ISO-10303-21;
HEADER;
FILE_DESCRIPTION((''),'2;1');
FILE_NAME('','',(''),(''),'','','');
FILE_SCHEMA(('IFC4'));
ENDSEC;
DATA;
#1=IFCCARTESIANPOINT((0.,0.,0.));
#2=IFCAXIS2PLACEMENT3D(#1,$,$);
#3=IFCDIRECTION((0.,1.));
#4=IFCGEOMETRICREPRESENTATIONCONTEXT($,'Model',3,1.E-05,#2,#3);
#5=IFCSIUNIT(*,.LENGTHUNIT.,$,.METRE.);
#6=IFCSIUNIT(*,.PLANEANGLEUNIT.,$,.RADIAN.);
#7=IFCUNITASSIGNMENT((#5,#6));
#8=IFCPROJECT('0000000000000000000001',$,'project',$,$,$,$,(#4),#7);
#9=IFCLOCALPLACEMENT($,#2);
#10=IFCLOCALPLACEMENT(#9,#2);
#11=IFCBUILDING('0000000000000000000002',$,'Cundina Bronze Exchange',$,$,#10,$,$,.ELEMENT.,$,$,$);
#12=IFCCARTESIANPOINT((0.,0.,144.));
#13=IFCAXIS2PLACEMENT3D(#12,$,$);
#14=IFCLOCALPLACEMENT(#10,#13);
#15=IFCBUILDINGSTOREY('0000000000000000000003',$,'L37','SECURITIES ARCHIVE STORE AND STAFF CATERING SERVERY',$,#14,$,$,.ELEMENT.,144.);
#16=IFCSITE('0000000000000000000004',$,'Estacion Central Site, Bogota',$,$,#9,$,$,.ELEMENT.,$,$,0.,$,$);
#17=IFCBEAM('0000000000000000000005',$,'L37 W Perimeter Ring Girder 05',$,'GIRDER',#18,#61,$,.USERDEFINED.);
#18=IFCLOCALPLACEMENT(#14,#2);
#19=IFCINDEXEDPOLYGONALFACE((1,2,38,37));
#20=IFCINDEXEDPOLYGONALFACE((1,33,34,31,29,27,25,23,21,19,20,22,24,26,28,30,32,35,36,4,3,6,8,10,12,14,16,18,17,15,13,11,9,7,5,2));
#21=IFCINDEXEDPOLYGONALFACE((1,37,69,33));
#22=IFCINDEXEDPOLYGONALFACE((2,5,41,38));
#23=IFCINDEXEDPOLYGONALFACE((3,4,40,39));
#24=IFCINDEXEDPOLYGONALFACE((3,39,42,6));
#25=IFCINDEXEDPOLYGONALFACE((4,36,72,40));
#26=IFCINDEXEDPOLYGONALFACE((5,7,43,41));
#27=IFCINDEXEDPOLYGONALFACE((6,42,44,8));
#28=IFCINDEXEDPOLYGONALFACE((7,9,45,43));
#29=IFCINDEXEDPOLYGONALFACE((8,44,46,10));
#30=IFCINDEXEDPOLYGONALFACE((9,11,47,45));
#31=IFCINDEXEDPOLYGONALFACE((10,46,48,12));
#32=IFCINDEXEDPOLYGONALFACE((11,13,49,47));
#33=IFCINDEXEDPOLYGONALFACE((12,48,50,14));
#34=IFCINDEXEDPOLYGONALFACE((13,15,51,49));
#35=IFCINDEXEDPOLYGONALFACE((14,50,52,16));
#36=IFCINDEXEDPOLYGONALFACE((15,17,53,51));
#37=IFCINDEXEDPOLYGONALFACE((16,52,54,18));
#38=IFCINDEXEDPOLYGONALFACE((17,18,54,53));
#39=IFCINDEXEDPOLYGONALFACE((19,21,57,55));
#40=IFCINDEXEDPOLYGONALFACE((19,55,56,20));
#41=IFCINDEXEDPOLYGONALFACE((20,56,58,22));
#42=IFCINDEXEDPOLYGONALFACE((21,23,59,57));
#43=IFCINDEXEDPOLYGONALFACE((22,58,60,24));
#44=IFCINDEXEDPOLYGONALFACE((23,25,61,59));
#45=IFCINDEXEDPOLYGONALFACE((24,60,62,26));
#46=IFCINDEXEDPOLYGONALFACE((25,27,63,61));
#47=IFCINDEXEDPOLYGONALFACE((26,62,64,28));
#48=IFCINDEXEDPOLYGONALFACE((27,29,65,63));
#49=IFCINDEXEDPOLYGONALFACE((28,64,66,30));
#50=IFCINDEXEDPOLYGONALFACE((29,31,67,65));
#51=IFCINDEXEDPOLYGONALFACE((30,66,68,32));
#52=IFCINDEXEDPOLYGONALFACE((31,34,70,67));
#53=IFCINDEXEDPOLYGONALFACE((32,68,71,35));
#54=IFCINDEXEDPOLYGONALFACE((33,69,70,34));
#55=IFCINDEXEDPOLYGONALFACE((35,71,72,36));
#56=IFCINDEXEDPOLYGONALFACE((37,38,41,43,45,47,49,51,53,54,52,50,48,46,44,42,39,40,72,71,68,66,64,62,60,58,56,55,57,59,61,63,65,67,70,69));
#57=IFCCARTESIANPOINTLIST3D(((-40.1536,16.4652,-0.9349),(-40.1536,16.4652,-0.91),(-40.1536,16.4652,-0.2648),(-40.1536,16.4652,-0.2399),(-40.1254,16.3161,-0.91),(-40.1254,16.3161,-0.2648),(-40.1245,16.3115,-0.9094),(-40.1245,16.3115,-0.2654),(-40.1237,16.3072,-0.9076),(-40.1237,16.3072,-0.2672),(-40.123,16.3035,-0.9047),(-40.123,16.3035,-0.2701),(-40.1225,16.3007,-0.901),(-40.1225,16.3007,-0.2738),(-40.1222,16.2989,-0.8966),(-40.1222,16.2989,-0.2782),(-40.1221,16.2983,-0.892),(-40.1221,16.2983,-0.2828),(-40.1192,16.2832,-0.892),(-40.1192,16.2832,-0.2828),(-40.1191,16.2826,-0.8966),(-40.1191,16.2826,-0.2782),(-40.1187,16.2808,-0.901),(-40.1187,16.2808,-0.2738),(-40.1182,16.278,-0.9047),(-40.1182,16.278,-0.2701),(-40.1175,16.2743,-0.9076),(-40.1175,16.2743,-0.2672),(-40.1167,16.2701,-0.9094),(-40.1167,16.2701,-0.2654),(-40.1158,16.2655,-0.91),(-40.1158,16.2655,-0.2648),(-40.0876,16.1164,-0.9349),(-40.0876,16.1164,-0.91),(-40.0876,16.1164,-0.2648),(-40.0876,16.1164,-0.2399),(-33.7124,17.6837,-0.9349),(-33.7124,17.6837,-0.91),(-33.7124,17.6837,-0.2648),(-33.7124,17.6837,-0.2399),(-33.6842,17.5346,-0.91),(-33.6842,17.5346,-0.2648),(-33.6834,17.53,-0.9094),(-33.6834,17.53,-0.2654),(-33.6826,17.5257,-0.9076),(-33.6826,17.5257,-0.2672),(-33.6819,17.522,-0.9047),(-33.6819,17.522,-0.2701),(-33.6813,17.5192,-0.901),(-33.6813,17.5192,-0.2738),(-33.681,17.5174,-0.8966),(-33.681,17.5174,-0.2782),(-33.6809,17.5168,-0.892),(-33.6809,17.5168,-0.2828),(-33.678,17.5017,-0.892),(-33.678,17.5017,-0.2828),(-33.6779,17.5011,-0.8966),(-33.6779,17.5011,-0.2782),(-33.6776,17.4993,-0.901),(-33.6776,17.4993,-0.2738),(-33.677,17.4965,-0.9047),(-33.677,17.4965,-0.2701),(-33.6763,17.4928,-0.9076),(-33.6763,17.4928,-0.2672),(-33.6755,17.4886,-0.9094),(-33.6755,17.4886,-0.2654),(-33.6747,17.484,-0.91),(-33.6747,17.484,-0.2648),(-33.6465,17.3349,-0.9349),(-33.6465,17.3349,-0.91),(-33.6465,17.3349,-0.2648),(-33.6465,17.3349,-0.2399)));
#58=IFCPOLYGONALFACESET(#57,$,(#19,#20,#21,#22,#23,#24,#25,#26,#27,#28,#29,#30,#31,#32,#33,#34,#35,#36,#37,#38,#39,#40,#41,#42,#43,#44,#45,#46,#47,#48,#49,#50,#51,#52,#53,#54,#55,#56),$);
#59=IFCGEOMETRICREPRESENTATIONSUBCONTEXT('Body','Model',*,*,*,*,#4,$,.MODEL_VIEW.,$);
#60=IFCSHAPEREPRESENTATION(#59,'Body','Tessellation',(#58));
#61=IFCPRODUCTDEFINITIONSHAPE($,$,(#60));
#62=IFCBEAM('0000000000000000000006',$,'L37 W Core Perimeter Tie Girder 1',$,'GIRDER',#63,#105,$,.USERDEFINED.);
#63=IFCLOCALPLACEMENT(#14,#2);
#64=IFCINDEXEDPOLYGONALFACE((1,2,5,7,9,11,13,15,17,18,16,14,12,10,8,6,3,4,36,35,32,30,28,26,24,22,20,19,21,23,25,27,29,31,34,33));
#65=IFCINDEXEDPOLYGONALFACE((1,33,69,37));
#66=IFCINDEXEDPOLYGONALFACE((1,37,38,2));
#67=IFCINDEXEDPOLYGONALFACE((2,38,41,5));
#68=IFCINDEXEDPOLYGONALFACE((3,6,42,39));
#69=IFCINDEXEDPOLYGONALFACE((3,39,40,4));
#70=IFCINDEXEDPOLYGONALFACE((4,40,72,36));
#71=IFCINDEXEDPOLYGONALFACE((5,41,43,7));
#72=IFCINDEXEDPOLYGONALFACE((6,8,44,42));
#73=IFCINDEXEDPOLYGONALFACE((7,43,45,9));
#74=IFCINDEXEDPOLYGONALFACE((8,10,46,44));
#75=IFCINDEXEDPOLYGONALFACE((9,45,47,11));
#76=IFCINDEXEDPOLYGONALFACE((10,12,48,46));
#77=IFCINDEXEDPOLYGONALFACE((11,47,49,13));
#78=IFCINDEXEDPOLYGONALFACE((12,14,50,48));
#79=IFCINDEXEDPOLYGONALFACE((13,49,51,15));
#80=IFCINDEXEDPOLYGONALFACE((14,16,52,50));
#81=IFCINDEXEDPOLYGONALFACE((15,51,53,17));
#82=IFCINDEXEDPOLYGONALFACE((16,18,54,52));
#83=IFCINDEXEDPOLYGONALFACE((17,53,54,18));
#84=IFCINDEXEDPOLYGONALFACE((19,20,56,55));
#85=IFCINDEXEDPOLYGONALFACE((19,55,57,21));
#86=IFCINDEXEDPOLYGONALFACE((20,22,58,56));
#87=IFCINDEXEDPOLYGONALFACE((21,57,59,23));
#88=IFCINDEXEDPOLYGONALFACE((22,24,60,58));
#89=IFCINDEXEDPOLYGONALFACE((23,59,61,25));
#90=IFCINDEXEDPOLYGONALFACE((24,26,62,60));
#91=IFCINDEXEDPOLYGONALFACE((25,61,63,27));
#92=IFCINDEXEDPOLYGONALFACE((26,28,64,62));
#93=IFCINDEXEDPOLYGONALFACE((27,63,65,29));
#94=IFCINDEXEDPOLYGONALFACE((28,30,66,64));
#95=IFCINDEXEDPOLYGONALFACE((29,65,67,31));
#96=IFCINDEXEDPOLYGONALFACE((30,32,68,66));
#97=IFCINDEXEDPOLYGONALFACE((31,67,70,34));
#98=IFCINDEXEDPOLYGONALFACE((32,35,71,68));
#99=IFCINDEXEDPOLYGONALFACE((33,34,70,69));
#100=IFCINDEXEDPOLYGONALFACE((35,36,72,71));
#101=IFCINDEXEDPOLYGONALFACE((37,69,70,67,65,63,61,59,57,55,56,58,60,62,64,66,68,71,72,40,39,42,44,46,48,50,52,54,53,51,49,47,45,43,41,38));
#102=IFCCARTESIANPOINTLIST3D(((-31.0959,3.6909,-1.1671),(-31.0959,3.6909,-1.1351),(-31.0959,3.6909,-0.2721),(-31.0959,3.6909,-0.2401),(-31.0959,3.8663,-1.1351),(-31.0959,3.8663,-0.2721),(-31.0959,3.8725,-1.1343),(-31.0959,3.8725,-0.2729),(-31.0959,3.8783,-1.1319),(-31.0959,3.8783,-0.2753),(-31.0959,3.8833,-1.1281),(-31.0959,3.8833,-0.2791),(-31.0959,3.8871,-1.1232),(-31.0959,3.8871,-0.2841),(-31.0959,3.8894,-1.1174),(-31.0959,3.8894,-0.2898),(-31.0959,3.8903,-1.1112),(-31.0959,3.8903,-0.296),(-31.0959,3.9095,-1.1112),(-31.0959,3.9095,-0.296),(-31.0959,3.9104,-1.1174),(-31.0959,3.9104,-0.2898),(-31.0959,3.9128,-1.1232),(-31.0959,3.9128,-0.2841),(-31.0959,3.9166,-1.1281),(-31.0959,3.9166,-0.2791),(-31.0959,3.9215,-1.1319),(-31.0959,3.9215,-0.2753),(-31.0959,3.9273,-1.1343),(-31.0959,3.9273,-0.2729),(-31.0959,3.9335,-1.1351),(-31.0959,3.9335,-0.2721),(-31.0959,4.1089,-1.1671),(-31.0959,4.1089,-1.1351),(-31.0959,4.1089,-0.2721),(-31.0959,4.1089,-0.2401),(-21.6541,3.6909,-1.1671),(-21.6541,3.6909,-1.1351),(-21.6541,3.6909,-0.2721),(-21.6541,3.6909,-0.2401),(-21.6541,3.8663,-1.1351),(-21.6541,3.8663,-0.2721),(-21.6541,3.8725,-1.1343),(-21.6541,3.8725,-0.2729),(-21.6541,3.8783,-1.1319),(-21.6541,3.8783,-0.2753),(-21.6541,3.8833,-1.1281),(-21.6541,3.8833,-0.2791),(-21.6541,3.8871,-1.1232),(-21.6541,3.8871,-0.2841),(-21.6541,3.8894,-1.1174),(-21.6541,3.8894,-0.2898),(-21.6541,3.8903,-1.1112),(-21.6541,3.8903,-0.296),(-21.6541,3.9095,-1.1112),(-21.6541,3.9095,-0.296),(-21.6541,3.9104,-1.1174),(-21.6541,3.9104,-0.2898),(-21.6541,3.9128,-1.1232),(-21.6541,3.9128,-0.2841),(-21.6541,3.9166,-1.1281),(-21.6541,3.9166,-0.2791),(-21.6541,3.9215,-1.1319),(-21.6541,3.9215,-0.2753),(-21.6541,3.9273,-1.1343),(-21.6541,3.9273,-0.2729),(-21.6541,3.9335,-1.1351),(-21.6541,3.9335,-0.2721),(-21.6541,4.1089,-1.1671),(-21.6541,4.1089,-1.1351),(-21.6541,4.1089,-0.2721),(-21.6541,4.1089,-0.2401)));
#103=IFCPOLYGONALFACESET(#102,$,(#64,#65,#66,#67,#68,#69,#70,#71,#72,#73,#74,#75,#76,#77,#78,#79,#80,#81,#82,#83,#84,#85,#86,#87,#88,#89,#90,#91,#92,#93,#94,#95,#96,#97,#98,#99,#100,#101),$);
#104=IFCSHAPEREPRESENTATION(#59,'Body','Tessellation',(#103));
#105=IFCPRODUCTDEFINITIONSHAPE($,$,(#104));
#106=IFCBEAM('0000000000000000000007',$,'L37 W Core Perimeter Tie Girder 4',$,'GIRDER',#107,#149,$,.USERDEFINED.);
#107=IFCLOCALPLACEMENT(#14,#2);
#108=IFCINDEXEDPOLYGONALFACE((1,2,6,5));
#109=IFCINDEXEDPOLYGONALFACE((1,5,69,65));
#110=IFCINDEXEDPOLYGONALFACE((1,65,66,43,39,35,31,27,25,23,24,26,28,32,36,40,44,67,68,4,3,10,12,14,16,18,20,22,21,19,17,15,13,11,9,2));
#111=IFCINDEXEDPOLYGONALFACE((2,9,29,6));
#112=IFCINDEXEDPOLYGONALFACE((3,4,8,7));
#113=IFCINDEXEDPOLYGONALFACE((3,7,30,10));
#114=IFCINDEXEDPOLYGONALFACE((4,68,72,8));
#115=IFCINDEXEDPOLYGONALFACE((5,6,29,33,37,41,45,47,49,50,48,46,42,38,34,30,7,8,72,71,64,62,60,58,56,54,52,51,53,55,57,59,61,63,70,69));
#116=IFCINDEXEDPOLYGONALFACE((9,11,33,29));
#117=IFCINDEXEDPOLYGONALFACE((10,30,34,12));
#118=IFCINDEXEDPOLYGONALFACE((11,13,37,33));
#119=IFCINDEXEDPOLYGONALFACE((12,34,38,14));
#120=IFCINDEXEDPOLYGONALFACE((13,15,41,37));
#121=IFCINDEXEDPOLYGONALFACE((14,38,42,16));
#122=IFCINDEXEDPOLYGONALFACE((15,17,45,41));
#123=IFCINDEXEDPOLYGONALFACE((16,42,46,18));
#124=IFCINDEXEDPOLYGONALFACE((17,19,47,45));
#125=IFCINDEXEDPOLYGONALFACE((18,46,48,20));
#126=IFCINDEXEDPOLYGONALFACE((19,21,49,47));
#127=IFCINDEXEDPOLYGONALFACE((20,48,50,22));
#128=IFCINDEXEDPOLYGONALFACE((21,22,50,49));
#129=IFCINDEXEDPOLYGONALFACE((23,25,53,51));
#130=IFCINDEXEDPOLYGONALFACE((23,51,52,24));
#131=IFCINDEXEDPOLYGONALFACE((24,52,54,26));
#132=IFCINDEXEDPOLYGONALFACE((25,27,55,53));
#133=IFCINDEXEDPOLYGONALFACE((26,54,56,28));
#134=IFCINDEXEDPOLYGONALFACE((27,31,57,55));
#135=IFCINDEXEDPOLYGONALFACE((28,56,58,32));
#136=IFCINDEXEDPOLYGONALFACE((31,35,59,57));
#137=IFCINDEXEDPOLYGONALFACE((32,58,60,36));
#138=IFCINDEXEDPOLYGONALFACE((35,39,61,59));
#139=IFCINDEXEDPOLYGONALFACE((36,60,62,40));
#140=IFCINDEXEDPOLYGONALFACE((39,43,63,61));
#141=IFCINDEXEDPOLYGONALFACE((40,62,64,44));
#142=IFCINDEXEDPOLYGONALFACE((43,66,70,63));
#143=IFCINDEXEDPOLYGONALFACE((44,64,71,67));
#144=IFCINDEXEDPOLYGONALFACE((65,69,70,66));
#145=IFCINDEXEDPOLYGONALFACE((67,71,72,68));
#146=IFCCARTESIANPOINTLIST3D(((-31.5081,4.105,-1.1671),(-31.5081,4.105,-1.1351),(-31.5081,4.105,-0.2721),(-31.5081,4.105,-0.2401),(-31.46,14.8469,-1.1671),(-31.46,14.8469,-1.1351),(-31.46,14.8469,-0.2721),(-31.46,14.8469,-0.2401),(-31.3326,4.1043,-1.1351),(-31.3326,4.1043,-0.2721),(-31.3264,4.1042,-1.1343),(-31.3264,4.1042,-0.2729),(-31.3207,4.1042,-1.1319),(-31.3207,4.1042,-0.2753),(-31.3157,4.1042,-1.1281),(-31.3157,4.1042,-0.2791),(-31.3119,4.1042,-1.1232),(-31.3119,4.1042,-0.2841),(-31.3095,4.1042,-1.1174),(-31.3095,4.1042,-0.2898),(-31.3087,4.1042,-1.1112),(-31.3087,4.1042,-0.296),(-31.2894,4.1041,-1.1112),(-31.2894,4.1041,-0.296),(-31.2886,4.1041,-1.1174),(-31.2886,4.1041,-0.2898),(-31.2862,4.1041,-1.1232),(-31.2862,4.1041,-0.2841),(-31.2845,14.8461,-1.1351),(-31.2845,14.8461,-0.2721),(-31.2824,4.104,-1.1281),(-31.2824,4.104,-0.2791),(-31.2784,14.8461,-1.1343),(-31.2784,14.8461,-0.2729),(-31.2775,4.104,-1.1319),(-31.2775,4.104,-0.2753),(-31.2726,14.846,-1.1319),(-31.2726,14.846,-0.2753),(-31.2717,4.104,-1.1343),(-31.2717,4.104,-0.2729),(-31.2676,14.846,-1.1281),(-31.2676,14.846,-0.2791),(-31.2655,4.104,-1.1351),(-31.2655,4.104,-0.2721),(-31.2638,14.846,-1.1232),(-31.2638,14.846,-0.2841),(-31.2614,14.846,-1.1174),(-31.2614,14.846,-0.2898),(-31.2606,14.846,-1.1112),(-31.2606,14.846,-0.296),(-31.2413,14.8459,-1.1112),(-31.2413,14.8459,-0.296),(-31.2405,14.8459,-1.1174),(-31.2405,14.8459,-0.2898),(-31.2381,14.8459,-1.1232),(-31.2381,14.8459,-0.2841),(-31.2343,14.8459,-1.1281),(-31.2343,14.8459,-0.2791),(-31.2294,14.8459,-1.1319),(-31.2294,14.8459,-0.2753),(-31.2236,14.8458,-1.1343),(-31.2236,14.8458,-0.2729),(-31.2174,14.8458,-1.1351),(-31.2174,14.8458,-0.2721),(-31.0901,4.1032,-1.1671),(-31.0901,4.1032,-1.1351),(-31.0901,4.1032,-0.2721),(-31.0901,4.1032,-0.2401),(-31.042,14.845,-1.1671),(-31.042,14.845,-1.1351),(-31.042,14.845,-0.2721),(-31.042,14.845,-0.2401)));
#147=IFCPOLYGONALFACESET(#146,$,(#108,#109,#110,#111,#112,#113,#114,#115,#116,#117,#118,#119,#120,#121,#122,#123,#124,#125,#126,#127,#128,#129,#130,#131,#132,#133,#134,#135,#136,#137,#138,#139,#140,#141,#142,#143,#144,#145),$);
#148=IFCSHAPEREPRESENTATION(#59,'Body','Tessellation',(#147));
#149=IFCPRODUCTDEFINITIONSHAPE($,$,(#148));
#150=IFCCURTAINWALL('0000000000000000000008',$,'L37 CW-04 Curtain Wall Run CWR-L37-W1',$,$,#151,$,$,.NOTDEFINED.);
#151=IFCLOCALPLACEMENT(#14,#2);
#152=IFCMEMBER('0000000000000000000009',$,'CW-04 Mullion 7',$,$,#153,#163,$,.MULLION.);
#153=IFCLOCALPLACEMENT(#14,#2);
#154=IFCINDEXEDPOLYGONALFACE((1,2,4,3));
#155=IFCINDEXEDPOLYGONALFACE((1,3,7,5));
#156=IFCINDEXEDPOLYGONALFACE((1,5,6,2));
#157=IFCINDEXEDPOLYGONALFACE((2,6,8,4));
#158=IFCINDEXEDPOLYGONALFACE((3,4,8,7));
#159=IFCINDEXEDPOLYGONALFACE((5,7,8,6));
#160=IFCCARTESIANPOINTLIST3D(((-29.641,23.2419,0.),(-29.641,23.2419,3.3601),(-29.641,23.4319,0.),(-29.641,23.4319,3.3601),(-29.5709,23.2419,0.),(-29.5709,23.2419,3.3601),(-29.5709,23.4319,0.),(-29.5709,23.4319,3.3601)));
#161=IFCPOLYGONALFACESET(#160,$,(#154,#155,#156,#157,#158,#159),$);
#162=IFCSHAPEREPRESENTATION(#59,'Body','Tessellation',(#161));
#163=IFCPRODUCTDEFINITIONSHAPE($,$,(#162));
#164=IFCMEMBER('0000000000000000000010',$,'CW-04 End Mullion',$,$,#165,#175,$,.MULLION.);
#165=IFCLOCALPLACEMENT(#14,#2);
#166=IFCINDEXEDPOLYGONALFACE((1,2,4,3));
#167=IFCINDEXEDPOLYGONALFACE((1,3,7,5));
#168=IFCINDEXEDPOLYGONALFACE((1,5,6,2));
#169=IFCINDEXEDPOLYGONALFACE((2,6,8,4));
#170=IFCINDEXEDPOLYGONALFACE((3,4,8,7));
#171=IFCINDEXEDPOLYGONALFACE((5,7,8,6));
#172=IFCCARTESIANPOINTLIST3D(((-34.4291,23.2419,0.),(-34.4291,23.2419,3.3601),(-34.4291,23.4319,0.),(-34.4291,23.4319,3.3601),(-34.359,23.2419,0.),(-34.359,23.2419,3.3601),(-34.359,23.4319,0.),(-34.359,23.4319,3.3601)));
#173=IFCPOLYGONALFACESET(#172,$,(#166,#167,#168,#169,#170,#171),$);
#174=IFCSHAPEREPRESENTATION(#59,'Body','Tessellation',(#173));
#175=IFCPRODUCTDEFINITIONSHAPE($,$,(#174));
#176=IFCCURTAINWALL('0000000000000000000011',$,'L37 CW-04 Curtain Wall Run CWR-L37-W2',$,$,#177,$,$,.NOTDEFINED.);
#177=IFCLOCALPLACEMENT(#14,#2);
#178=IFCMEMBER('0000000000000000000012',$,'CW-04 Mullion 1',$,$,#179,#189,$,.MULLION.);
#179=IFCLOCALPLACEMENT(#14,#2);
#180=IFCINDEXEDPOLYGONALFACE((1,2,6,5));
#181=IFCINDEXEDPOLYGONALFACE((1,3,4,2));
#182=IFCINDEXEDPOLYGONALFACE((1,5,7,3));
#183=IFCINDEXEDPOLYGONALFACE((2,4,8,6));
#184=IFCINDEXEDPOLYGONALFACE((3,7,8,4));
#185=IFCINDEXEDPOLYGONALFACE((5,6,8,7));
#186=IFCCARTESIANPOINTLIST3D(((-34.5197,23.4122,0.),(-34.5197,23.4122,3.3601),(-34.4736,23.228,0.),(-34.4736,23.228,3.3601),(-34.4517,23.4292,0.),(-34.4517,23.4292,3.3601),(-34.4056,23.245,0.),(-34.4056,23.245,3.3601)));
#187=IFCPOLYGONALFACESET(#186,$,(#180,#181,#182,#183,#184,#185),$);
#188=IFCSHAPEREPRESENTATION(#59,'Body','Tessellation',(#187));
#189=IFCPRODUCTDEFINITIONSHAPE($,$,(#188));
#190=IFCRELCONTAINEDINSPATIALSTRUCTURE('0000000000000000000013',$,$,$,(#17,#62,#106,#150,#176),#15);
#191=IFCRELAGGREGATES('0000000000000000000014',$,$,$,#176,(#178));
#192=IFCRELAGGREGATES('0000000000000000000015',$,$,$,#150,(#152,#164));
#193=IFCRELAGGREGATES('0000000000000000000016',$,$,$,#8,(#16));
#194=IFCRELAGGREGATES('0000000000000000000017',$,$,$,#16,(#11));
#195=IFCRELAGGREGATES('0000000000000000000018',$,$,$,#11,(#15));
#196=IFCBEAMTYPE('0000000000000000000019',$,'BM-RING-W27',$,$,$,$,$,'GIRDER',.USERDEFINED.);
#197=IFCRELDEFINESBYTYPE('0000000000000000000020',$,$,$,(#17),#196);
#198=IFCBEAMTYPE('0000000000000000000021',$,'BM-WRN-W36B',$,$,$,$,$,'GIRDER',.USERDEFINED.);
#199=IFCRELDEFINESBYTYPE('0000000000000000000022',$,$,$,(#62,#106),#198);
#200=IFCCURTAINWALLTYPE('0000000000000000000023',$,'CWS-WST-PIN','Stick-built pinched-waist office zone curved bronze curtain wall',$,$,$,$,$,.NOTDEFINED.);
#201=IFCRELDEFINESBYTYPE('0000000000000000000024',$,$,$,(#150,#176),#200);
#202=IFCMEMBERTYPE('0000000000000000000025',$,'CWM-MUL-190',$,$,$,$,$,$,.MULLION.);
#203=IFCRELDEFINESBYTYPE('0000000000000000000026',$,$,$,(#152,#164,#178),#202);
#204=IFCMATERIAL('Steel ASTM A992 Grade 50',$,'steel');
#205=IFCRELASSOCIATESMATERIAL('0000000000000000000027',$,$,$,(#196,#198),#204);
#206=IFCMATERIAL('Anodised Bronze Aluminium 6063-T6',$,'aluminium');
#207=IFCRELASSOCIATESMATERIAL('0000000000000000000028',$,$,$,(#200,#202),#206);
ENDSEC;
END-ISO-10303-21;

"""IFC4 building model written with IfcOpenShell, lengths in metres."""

from ifc_helpers import new_model, si_unit, direction, frame, origin, origin_2d, place, context, subcontext, project, spatial, rectangle, i_section, extrude, material, material_profile, profile_set, type_object, element, aggregate, save


model = new_model("IFC4")

# Units and contexts
model_context = context("Model", 3, precision=1e-05, world=origin(), true_north=direction((0.0, 1.0)))
body_context = subcontext(model_context, "Body", "Model", "MODEL_VIEW")
ifc_project = project(units=[si_unit("LENGTHUNIT", "METRE"), si_unit("PLANEANGLEUNIT", "RADIAN")], contexts=[model_context])

# Site, building, storey
site_placement = place(None, origin())
site = spatial("IfcSite", under=ifc_project, at=site_placement, Name="Estacion Central Site, Bogota", CompositionType="ELEMENT", RefElevation=0.0)
building_placement = place(site_placement, origin())
building = spatial("IfcBuilding", under=site, at=building_placement, Name="Cundina Bronze Exchange", CompositionType="ELEMENT")
storey_placement = place(building_placement, frame((0.0, 0.0, 144.0)))
storey = spatial("IfcBuildingStorey", under=building, at=storey_placement, Name="L37", Description="SECURITIES ARCHIVE STORE AND STAFF CATERING SERVERY", CompositionType="ELEMENT", Elevation=144.0)

# Shared definitions
ifc_material_1 = material(Name="Steel ASTM A992 Grade 50", Category="steel")

# Beams
ifc_material_profile_1 = material_profile(ifc_material_1, i_section(OverallWidth=0.355, OverallDepth=0.6951, WebThickness=0.0154, FlangeThickness=0.0249, FilletRadius=0.0181, at=origin_2d()), Name="W27X146", Category="steel")
ifc_profile_set_1 = profile_set([ifc_material_profile_1], Name="Steel ASTM A992 Grade 50")
beam_type_1 = type_object("IfcBeamType", Name="BM-RING-W27", ElementType="GIRDER", PredefinedType="USERDEFINED", material=ifc_profile_set_1)
beam_1_placement = place(storey_placement, frame((-33.6794, 17.5093, -0.5874), z_axis=(-0.982573, -0.185878, 0.0), x_axis=(0.185878, -0.982573, 0.0)))
element("IfcBeam", 1, at=beam_1_placement, inside=storey, type_object=beam_type_1, Name="L37 W Perimeter Ring Girder 05", ObjectType="GIRDER", PredefinedType="USERDEFINED", context=body_context, shape_type="SweptSolid", body=[
    extrude(i_section(OverallWidth=0.355, OverallDepth=0.6951, WebThickness=0.0154, FlangeThickness=0.0249, FilletRadius=0.0181, at=origin_2d()), origin(), (0.0, 0.0, 1.0), 6.5554),
])
ifc_material_profile_2 = material_profile(ifc_material_1, i_section(OverallWidth=0.418, OverallDepth=0.927, WebThickness=0.0193, FlangeThickness=0.032, FilletRadius=0.0239, at=origin_2d()), Name="W36X231", Category="steel")
ifc_profile_set_2 = profile_set([ifc_material_profile_2], Name="Steel ASTM A992 Grade 50")
beam_type_2 = type_object("IfcBeamType", Name="BM-WRN-W36B", ElementType="GIRDER", PredefinedType="USERDEFINED", material=ifc_profile_set_2)
beam_2_placement = place(storey_placement, frame((-31.0959, 3.8999, -0.7036), z_axis=(1.0, 0.0, 0.0), x_axis=(0.0, 1.0, 0.0)))
element("IfcBeam", 2, at=beam_2_placement, inside=storey, type_object=beam_type_2, Name="L37 W Core Perimeter Tie Girder 1", ObjectType="GIRDER", PredefinedType="USERDEFINED", context=body_context, shape_type="SweptSolid", body=[
    extrude(i_section(OverallWidth=0.418, OverallDepth=0.927, WebThickness=0.0193, FlangeThickness=0.032, FilletRadius=0.0239, at=origin_2d()), origin(), (0.0, 0.0, 1.0), 9.4419),
])
beam_3_placement = place(storey_placement, frame((-31.251, 14.8459, -0.7036), z_axis=(-0.004477, -0.99999, 0.0), x_axis=(0.99999, -0.004477, 0.0)))
element("IfcBeam", 3, at=beam_3_placement, inside=storey, type_object=beam_type_2, Name="L37 W Core Perimeter Tie Girder 4", ObjectType="GIRDER", PredefinedType="USERDEFINED", context=body_context, shape_type="SweptSolid", body=[
    extrude(i_section(OverallWidth=0.418, OverallDepth=0.927, WebThickness=0.0193, FlangeThickness=0.032, FilletRadius=0.0239, at=origin_2d()), origin(), (0.0, 0.0, 1.0), 10.7419),
])

# Curtain wall, members
ifc_material_2 = material(Name="Anodised Bronze Aluminium 6063-T6", Category="aluminium")
curtain_wall_type = type_object("IfcCurtainWallType", Name="CWS-WST-PIN", Description="Stick-built pinched-waist office zone curved bronze curtain wall", PredefinedType="NOTDEFINED", material=ifc_material_2)
curtain_wall_1_placement = place(storey_placement, origin())
curtain_wall_1 = element("IfcCurtainWall", 4, at=curtain_wall_1_placement, inside=storey, type_object=curtain_wall_type, Name="L37 CW-04 Curtain Wall Run CWR-L37-W1", PredefinedType="NOTDEFINED")
ifc_material_profile_3 = material_profile(ifc_material_2, rectangle(XDim=0.0701, YDim=0.1899, at=origin_2d()), Name="AL70X190", Category="aluminium")
ifc_profile_set_3 = profile_set([ifc_material_profile_3], Name="Anodised Bronze Aluminium 6063-T6")
member_type_1 = type_object("IfcMemberType", Name="CWM-MUL-190", PredefinedType="MULLION", material=ifc_profile_set_3)
member_1_placement = place(storey_placement, frame((-29.606, 23.3369, 0.0), z_axis=(0.0, 0.0, 1.0), x_axis=(-1.0, 0.0, 0.0)))
member_1 = element("IfcMember", 5, at=member_1_placement, type_object=member_type_1, Name="CW-04 Mullion 7", PredefinedType="MULLION", context=body_context, shape_type="SweptSolid", body=[
    extrude(rectangle(XDim=0.0701, YDim=0.1899, at=origin_2d()), origin(), (0.0, 0.0, 1.0), 3.3601),
])
member_2_placement = place(storey_placement, frame((-34.394, 23.3369, 0.0), z_axis=(0.0, 0.0, 1.0), x_axis=(-1.0, 0.0, 0.0)))
member_2 = element("IfcMember", 6, at=member_2_placement, type_object=member_type_1, Name="CW-04 End Mullion", PredefinedType="MULLION", context=body_context, shape_type="SweptSolid", body=[
    extrude(rectangle(XDim=0.0701, YDim=0.1899, at=origin_2d()), origin(), (0.0, 0.0, 1.0), 3.3601),
])

# Curtain wall, member
curtain_wall_2_placement = place(storey_placement, origin())
curtain_wall_2 = element("IfcCurtainWall", 7, at=curtain_wall_2_placement, inside=storey, type_object=curtain_wall_type, Name="L37 CW-04 Curtain Wall Run CWR-L37-W2", PredefinedType="NOTDEFINED")
member_3_placement = place(storey_placement, frame((-34.4626, 23.3286, 0.0), z_axis=(0.0, 0.0, 1.0), x_axis=(-0.970084, -0.242769, 0.0)))
member_3 = element("IfcMember", 8, at=member_3_placement, type_object=member_type_1, Name="CW-04 Mullion 1", PredefinedType="MULLION", context=body_context, shape_type="SweptSolid", body=[
    extrude(rectangle(XDim=0.0701, YDim=0.1899, at=origin_2d()), origin(), (0.0, 0.0, 1.0), 3.3601),
])

aggregate(curtain_wall_2, [member_3])

aggregate(curtain_wall_1, [member_1, member_2])

save(model, "model.ifc")
